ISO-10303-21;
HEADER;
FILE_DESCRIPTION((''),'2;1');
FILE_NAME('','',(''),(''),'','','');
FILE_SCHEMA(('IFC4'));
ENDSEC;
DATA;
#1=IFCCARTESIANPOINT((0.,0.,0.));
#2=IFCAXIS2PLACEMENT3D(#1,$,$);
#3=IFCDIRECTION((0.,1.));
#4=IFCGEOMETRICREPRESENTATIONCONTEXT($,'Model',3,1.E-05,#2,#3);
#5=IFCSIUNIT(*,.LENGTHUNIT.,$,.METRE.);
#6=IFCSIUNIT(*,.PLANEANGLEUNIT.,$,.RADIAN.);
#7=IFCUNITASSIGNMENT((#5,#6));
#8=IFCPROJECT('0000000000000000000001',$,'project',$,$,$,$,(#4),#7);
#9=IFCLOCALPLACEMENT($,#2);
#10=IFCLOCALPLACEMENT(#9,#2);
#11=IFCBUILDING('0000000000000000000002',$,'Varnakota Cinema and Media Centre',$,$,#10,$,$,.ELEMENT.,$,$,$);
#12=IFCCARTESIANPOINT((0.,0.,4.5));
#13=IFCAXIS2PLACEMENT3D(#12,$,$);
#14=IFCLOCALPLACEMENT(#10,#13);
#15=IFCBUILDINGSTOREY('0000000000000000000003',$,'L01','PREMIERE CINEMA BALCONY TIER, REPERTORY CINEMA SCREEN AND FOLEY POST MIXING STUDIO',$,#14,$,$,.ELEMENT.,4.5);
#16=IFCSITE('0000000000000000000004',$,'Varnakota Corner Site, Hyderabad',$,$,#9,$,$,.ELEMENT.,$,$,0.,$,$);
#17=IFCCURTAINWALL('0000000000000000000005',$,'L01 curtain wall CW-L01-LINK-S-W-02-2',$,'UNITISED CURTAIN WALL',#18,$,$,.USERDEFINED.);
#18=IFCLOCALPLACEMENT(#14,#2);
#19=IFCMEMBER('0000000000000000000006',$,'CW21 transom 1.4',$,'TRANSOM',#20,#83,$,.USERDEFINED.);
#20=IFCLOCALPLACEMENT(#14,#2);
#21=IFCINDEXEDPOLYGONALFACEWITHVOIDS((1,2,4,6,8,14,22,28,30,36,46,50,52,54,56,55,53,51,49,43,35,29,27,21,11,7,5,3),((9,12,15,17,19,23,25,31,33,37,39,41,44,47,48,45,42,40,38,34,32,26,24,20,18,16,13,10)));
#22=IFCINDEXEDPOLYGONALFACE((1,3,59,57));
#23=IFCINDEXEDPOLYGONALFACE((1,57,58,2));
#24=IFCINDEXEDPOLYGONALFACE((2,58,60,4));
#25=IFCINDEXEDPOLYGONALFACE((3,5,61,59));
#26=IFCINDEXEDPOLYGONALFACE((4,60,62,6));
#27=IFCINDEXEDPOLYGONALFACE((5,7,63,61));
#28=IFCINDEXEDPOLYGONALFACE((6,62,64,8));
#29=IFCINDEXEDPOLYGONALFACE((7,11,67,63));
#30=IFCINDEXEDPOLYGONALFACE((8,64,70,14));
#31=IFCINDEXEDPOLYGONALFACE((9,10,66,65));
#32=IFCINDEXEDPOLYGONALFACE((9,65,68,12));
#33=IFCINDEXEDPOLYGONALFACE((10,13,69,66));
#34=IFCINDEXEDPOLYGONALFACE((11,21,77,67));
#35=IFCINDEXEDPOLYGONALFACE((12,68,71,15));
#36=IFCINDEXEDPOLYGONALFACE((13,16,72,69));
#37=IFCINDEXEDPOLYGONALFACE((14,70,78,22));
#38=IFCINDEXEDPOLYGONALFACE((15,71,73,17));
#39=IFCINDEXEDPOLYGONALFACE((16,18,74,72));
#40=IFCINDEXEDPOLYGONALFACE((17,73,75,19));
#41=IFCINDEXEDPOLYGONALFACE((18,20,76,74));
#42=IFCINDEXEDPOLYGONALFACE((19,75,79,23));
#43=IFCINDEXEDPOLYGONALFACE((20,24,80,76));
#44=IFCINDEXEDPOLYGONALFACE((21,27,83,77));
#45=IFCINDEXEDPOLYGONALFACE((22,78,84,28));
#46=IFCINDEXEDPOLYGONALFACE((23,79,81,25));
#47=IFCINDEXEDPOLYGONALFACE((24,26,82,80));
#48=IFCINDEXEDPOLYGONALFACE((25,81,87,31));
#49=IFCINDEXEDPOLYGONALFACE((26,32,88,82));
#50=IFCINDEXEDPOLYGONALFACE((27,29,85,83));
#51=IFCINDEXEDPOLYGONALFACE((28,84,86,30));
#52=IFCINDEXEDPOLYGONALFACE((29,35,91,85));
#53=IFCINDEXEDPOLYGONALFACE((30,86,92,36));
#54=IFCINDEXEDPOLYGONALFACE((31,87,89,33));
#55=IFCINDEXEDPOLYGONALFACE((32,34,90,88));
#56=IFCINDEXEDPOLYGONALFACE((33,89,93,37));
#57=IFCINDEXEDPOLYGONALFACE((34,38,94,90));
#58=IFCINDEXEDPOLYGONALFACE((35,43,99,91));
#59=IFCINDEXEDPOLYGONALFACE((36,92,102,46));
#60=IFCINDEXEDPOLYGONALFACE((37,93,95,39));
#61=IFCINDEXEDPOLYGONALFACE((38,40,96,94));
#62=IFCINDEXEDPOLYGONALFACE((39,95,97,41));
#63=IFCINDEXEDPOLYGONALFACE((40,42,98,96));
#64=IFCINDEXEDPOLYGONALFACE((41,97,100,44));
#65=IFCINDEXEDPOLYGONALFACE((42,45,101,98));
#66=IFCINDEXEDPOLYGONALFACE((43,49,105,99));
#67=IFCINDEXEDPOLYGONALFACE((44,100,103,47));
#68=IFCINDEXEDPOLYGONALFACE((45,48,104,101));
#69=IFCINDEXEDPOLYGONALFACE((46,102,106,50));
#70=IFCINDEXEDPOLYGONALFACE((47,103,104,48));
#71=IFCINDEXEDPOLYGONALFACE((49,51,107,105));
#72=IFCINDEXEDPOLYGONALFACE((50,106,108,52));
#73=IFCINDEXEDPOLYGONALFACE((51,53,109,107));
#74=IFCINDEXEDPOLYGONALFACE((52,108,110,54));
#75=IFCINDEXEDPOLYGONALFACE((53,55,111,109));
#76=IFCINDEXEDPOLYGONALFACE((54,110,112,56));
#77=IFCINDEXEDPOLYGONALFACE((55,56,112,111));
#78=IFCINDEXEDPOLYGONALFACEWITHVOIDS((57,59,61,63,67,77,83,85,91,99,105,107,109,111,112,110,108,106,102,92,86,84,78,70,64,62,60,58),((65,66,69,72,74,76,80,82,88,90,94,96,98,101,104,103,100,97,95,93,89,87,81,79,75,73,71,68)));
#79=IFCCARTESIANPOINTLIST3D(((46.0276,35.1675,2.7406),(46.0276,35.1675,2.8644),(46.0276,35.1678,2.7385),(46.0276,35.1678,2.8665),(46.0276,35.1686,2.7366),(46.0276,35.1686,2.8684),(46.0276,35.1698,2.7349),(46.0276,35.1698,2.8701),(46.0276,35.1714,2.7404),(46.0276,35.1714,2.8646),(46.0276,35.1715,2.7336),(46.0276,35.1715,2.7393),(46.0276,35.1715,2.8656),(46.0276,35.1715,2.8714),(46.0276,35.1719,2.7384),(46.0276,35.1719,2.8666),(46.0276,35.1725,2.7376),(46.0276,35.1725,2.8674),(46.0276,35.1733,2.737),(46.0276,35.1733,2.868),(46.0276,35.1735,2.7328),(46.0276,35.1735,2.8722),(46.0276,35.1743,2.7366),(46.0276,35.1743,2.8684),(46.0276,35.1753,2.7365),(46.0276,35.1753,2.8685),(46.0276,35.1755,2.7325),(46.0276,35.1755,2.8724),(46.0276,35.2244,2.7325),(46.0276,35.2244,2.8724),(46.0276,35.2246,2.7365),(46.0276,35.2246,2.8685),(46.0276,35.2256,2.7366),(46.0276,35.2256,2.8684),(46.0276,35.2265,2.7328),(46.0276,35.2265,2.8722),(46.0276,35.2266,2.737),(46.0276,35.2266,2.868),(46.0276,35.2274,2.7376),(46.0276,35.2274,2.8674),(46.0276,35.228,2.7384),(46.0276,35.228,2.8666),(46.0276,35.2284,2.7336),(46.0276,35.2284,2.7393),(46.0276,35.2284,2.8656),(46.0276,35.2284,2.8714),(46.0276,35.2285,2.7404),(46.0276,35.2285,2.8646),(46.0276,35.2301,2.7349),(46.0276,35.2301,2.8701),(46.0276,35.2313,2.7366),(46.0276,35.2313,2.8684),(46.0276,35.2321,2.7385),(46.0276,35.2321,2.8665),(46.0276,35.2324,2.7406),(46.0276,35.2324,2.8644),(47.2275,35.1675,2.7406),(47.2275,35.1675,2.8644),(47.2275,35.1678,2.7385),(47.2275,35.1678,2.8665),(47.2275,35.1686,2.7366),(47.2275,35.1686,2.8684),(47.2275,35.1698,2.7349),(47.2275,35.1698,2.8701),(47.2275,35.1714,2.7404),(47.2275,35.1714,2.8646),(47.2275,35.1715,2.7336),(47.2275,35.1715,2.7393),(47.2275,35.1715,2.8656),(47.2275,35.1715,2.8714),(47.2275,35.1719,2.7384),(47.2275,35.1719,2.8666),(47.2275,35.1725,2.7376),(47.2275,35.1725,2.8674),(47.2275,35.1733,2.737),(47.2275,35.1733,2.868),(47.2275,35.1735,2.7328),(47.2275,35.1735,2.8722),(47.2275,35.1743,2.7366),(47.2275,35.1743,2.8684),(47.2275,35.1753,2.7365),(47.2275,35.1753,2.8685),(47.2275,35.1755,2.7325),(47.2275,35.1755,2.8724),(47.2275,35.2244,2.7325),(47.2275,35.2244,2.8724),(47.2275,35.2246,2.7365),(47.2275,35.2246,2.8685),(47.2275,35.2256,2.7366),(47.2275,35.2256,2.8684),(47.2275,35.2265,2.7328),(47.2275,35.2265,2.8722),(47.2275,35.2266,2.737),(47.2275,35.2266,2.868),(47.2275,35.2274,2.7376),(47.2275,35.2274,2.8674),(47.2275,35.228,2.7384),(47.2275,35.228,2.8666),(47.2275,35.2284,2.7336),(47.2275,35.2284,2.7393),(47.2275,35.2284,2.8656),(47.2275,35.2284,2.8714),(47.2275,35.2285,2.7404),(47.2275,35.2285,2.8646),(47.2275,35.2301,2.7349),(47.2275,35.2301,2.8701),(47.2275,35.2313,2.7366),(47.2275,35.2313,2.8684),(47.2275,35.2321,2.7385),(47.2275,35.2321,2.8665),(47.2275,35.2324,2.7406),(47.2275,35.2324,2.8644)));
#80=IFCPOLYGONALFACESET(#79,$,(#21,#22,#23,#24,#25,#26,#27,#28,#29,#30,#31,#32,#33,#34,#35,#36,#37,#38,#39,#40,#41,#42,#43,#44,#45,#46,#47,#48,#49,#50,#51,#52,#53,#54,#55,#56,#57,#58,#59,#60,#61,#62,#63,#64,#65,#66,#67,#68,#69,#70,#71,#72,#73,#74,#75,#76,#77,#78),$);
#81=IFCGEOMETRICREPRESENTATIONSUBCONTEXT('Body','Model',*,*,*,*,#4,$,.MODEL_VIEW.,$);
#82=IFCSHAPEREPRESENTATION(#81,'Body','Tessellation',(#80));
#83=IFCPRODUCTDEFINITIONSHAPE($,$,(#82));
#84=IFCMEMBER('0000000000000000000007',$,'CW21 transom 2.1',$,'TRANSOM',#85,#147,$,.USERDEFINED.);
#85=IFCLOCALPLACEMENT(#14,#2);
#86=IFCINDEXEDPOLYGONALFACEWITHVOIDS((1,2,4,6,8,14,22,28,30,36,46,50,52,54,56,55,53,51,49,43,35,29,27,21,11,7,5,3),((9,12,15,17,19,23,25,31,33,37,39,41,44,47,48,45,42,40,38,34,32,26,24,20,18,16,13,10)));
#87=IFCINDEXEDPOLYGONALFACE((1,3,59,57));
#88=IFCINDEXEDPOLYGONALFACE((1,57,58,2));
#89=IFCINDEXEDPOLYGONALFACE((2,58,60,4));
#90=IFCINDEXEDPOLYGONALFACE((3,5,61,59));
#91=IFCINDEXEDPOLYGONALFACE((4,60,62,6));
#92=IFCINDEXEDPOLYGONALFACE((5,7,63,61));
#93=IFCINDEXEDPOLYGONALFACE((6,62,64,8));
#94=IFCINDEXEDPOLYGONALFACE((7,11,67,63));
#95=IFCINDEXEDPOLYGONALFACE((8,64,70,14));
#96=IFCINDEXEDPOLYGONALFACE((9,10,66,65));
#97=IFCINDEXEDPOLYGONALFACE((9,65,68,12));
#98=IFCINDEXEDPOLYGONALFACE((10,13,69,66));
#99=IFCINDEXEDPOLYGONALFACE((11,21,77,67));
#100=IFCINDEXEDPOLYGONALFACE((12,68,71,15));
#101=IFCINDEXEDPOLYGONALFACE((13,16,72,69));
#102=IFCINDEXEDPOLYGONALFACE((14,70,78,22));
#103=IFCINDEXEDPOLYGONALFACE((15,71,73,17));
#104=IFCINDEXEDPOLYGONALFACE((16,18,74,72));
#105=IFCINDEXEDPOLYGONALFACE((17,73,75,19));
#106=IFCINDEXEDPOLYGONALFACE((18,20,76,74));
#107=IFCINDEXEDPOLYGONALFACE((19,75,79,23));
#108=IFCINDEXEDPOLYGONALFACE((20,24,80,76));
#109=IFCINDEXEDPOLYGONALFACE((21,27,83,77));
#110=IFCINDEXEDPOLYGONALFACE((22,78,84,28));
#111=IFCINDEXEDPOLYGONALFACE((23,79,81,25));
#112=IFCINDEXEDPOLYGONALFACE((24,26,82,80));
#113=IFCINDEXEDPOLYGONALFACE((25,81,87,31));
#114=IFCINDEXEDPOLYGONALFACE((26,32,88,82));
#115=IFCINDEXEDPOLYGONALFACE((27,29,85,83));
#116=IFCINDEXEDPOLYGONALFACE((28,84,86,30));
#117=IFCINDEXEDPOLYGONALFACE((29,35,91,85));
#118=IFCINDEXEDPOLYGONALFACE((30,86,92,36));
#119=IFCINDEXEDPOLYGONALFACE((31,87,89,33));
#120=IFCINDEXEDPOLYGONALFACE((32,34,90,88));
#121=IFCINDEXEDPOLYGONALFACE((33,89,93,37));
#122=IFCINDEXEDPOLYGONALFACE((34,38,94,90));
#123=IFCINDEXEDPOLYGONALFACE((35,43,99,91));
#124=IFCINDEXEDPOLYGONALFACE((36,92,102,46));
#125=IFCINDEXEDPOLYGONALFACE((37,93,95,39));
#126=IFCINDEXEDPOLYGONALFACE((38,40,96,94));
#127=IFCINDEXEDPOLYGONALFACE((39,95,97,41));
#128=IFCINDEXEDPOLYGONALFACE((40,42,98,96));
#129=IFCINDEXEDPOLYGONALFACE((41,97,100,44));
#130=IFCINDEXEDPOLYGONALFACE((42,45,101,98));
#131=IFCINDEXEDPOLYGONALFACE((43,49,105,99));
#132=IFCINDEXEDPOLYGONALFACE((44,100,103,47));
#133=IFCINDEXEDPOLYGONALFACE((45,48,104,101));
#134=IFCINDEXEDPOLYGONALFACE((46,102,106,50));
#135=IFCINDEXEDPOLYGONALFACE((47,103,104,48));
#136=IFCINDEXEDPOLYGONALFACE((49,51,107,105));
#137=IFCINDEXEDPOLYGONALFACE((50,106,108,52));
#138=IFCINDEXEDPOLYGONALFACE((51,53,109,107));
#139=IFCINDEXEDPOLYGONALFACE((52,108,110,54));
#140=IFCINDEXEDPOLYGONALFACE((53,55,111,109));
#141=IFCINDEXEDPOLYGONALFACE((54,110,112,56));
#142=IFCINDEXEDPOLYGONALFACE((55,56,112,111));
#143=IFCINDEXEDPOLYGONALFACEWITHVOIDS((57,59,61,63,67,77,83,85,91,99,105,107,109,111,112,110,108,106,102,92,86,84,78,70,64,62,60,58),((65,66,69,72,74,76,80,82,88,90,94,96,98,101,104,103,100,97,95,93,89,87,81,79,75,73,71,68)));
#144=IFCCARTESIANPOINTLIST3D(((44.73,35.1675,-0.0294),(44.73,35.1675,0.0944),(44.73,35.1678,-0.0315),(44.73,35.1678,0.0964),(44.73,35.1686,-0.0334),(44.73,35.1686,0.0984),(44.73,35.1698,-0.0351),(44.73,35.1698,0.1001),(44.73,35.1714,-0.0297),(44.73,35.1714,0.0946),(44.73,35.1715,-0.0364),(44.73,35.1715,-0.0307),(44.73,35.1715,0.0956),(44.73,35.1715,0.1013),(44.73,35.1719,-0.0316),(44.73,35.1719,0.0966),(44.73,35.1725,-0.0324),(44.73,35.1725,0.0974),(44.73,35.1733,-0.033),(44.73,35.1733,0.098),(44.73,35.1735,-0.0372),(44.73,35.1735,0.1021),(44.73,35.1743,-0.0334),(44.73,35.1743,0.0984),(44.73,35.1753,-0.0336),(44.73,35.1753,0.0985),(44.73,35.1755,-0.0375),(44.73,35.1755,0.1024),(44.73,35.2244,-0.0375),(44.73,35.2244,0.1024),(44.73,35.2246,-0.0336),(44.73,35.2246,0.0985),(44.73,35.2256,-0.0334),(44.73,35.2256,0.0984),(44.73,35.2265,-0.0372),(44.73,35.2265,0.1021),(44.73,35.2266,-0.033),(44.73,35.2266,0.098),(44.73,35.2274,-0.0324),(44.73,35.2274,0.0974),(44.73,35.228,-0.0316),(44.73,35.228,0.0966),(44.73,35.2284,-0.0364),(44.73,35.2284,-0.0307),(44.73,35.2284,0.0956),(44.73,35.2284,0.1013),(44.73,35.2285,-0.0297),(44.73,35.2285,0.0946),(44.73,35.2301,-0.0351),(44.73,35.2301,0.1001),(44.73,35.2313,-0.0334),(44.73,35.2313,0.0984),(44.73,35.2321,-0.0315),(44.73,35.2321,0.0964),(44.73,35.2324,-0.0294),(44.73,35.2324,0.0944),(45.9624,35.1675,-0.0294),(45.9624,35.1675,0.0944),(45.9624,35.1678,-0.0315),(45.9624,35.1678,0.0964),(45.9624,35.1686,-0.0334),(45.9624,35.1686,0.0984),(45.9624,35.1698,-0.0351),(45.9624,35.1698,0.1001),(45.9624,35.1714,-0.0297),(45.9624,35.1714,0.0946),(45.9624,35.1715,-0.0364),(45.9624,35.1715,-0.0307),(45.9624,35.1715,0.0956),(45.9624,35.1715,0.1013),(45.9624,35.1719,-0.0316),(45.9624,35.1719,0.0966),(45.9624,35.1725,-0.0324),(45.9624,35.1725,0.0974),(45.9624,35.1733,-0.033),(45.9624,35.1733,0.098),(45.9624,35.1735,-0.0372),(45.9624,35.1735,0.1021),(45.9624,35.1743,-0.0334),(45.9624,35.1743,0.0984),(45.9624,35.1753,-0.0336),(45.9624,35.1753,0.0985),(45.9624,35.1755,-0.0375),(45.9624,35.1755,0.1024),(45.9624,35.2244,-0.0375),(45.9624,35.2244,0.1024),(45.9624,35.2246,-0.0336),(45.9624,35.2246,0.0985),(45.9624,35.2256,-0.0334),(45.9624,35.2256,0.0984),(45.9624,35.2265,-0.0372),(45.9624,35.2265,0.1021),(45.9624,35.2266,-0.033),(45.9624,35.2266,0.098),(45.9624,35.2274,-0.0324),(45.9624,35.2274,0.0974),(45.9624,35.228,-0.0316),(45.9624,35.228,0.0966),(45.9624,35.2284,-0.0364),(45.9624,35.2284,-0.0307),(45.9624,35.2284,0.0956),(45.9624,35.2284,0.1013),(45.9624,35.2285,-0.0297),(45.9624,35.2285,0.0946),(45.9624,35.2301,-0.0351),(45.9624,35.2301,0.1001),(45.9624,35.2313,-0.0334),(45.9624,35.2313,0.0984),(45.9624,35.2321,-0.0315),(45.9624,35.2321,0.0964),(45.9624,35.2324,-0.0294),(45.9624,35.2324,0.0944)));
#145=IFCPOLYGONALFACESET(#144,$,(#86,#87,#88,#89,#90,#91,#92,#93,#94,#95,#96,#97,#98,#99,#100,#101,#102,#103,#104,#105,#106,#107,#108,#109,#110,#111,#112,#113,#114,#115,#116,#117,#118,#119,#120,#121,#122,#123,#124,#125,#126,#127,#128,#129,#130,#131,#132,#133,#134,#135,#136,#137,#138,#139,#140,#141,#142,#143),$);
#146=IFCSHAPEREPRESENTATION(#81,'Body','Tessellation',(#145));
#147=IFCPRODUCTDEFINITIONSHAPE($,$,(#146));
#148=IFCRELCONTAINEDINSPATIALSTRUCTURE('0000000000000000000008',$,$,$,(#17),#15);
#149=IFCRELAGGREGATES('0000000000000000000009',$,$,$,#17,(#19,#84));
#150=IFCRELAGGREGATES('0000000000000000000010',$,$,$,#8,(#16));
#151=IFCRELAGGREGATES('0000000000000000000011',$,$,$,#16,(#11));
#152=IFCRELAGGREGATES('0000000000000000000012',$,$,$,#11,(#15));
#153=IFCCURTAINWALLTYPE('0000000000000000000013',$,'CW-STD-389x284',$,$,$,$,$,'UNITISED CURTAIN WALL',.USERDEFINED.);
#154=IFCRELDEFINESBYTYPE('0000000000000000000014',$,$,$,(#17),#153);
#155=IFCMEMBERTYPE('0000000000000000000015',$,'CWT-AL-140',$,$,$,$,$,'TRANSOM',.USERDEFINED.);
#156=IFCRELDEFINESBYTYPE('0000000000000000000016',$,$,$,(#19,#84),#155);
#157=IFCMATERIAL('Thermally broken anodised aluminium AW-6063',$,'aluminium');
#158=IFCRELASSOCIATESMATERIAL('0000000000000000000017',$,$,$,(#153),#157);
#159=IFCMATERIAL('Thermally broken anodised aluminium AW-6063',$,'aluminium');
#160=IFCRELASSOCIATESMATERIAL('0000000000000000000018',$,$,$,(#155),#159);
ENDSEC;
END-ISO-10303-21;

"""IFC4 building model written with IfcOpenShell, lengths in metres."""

from ifc_helpers import new_model, si_unit, direction, frame, origin, origin_2d, place, context, subcontext, project, spatial, hollow_rectangle, extrude, material, material_profile, profile_set, type_object, element, aggregate, save


model = new_model("IFC4")

# Units and contexts
model_context = context("Model", 3, precision=1e-05, world=origin(), true_north=direction((0.0, 1.0)))
body_context = subcontext(model_context, "Body", "Model", "MODEL_VIEW")
ifc_project = project(units=[si_unit("LENGTHUNIT", "METRE"), si_unit("PLANEANGLEUNIT", "RADIAN")], contexts=[model_context])

# Site, building, storey
site_placement = place(None, origin())
site = spatial("IfcSite", under=ifc_project, at=site_placement, Name="Varnakota Corner Site, Hyderabad", CompositionType="ELEMENT", RefElevation=0.0)
building_placement = place(site_placement, origin())
building = spatial("IfcBuilding", under=site, at=building_placement, Name="Varnakota Cinema and Media Centre", CompositionType="ELEMENT")
storey_placement = place(building_placement, frame((0.0, 0.0, 4.5)))
storey = spatial("IfcBuildingStorey", under=building, at=storey_placement, Name="L01", Description="PREMIERE CINEMA BALCONY TIER, REPERTORY CINEMA SCREEN AND FOLEY POST MIXING STUDIO", CompositionType="ELEMENT", Elevation=4.5)

# Curtain wall
ifc_material_1 = material(Name="Thermally broken anodised aluminium AW-6063", Category="aluminium")
curtain_wall_type = type_object("IfcCurtainWallType", Name="CW-STD-389x284", ElementType="UNITISED CURTAIN WALL", PredefinedType="USERDEFINED", material=ifc_material_1)
curtain_wall_1_placement = place(storey_placement, origin())
curtain_wall_1 = element("IfcCurtainWall", 1, at=curtain_wall_1_placement, inside=storey, type_object=curtain_wall_type, Name="L01 curtain wall CW-L01-LINK-S-W-02-2", ObjectType="UNITISED CURTAIN WALL", PredefinedType="USERDEFINED")

# Members
ifc_material_2 = material(Name="Thermally broken anodised aluminium AW-6063", Category="aluminium")
ifc_material_profile_1 = material_profile(ifc_material_2, hollow_rectangle(XDim=0.0649, YDim=0.1399, WallThickness=0.0039, InnerFilletRadius=0.0039, OuterFilletRadius=0.0081, at=origin_2d()), Name="AL-TRANSOM 140x65x4")
ifc_profile_set_1 = profile_set([ifc_material_profile_1], Name="Thermally broken anodised aluminium AW-6063")
member_type_1 = type_object("IfcMemberType", Name="CWT-AL-140", ElementType="TRANSOM", PredefinedType="USERDEFINED", material=ifc_profile_set_1)
member_1_placement = place(storey_placement, frame((47.2275, 35.2, 2.8025), z_axis=(-1.0, 0.0, 0.0), x_axis=(0.0, -1.0, 0.0)))
member_1 = element("IfcMember", 2, at=member_1_placement, type_object=member_type_1, Name="CW21 transom 1.4", ObjectType="TRANSOM", PredefinedType="USERDEFINED", context=body_context, shape_type="SweptSolid", body=[
    extrude(hollow_rectangle(XDim=0.0649, YDim=0.1399, WallThickness=0.0039, InnerFilletRadius=0.0039, OuterFilletRadius=0.0081, at=origin_2d()), origin(), (0.0, 0.0, 1.0), 1.2),
])
member_2_placement = place(storey_placement, frame((45.9624, 35.2, 0.0325), z_axis=(-1.0, 0.0, 0.0), x_axis=(0.0, -1.0, 0.0)))
member_2 = element("IfcMember", 3, at=member_2_placement, type_object=member_type_1, Name="CW21 transom 2.1", ObjectType="TRANSOM", PredefinedType="USERDEFINED", context=body_context, shape_type="SweptSolid", body=[
    extrude(hollow_rectangle(XDim=0.0649, YDim=0.1399, WallThickness=0.0039, InnerFilletRadius=0.0039, OuterFilletRadius=0.0081, at=origin_2d()), origin(), (0.0, 0.0, 1.0), 1.2324),
])

aggregate(curtain_wall_1, [member_1, member_2])

save(model, "model.ifc")
